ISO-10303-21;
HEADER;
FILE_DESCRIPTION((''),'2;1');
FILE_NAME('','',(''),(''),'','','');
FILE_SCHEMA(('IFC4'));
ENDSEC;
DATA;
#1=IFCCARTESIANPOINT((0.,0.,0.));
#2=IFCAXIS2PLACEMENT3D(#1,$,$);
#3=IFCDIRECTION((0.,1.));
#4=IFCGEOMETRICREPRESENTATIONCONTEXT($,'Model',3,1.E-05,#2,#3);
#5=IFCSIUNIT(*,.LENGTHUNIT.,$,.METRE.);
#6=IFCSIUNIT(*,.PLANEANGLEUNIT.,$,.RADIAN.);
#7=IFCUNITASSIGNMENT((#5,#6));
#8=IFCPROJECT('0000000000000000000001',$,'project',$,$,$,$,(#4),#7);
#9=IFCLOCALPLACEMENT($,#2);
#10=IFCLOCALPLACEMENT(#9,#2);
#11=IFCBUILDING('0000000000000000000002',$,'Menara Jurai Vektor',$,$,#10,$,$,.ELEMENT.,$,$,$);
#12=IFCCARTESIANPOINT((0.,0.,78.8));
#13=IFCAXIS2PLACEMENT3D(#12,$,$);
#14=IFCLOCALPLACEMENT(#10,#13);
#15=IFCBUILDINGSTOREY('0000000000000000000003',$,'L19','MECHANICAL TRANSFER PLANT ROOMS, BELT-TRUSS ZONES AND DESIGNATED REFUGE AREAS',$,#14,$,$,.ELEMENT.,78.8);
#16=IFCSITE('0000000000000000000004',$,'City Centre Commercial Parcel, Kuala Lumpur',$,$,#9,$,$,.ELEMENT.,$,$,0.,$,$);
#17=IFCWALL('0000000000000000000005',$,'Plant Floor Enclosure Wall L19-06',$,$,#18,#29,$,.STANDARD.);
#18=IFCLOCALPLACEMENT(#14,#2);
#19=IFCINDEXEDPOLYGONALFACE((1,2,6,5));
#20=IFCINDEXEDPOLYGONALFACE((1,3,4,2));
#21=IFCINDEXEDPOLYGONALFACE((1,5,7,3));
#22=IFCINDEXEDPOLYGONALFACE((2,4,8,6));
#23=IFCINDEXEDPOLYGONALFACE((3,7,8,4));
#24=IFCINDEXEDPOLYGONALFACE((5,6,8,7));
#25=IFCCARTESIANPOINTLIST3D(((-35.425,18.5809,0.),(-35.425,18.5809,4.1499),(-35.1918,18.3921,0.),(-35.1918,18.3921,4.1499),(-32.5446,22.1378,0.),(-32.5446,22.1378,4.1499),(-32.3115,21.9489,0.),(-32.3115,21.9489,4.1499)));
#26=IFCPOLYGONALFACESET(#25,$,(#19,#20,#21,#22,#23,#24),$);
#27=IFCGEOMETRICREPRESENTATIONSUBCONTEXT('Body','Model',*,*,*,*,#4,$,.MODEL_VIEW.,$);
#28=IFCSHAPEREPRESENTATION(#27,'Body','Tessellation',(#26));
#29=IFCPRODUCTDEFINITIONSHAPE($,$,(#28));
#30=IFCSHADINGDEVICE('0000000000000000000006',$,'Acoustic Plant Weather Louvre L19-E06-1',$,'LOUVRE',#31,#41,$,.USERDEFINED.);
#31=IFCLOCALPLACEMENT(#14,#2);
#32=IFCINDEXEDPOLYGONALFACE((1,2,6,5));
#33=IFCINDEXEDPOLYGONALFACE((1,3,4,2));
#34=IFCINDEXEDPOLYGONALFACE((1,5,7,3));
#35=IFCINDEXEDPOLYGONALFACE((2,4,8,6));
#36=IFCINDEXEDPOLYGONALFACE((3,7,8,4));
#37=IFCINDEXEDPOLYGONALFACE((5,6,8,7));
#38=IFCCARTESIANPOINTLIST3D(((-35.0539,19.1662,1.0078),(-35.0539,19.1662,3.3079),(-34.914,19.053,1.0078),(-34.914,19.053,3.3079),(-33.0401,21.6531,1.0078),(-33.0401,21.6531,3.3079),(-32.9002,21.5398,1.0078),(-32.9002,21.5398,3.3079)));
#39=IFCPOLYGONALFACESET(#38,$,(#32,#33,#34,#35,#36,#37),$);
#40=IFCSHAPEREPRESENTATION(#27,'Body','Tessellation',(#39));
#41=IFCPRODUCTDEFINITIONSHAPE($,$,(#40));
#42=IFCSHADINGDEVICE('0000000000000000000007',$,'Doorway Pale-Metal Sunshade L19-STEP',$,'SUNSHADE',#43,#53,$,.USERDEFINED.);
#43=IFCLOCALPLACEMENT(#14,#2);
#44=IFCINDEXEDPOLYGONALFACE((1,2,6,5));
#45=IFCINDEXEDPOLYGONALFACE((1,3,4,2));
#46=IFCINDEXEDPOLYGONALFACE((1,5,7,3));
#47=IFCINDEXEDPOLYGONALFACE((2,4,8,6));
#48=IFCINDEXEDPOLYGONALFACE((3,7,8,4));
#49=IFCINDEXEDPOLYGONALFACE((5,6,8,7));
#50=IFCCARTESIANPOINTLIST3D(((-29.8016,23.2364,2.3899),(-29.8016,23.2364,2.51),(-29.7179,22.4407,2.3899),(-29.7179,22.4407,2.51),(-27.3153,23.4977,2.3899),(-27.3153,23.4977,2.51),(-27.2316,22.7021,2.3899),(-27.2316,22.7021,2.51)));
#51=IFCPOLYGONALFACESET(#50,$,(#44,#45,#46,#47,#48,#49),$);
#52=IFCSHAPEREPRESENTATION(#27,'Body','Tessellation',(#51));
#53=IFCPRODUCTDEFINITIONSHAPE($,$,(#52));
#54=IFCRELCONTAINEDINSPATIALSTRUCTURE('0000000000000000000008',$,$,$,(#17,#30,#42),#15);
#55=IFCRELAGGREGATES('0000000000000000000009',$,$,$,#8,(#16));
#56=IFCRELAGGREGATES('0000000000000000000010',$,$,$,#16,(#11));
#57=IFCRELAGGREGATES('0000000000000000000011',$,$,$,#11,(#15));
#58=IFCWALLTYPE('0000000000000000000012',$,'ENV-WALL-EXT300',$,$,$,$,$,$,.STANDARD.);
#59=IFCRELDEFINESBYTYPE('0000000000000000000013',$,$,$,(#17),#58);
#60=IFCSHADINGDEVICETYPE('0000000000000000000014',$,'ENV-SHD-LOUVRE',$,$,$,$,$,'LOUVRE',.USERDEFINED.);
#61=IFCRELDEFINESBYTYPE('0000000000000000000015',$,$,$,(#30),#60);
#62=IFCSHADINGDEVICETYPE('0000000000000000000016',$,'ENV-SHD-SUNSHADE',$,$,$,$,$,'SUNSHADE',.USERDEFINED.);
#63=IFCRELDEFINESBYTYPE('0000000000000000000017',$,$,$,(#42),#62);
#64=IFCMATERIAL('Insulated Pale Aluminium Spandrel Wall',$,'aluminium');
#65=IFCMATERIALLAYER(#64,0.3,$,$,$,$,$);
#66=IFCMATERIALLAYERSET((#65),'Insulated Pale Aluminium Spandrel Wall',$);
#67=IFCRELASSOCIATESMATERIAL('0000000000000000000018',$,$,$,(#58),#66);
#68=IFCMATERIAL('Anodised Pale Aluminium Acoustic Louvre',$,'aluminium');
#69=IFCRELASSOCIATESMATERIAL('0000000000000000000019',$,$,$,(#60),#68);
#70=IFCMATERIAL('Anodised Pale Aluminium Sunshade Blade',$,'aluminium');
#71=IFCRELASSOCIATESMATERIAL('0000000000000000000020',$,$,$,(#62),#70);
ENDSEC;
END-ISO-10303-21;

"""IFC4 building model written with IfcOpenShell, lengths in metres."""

from ifc_helpers import new_model, si_unit, direction, frame, frame_2d, origin, origin_2d, place, context, subcontext, project, spatial, rectangle, extrude, material, layer, layer_set, type_object, element, save


model = new_model("IFC4")

# Units and contexts
model_context = context("Model", 3, precision=1e-05, world=origin(), true_north=direction((0.0, 1.0)))
body_context = subcontext(model_context, "Body", "Model", "MODEL_VIEW")
ifc_project = project(units=[si_unit("LENGTHUNIT", "METRE"), si_unit("PLANEANGLEUNIT", "RADIAN")], contexts=[model_context])

# Site, building, storey
site_placement = place(None, origin())
site = spatial("IfcSite", under=ifc_project, at=site_placement, Name="City Centre Commercial Parcel, Kuala Lumpur", CompositionType="ELEMENT", RefElevation=0.0)
building_placement = place(site_placement, origin())
building = spatial("IfcBuilding", under=site, at=building_placement, Name="Menara Jurai Vektor", CompositionType="ELEMENT")
storey_placement = place(building_placement, frame((0.0, 0.0, 78.8)))
storey = spatial("IfcBuildingStorey", under=building, at=storey_placement, Name="L19", Description="MECHANICAL TRANSFER PLANT ROOMS, BELT-TRUSS ZONES AND DESIGNATED REFUGE AREAS", CompositionType="ELEMENT", Elevation=78.8)

# Wall
ifc_material_1 = material(Name="Insulated Pale Aluminium Spandrel Wall", Category="aluminium")
ifc_layer_1 = layer(ifc_material_1, 0.3)
ifc_layer_set_1 = layer_set([ifc_layer_1], Name="Insulated Pale Aluminium Spandrel Wall")
wall_type = type_object("IfcWallType", Name="ENV-WALL-EXT300", PredefinedType="STANDARD", material=ifc_layer_set_1)
wall_placement = place(storey_placement, frame((-32.428, 22.0435, 0.0), z_axis=(0.0, 0.0, 1.0), x_axis=(-0.629329, -0.777139, 0.0)))
element("IfcWall", 1, at=wall_placement, inside=storey, type_object=wall_type, Name="Plant Floor Enclosure Wall L19-06", PredefinedType="STANDARD", context=body_context, shape_type="SweptSolid", body=[
    extrude(rectangle(XDim=4.5769, YDim=0.3, at=frame_2d((2.2886, 0.0))), origin(), (0.0, 0.0, 1.0), 4.1499),
])

# Shading devices
ifc_material_2 = material(Name="Anodised Pale Aluminium Acoustic Louvre", Category="aluminium")
shading_device_type_1 = type_object("IfcShadingDeviceType", Name="ENV-SHD-LOUVRE", ElementType="LOUVRE", PredefinedType="USERDEFINED", material=ifc_material_2)
shading_device_1_placement = place(storey_placement, frame((-33.9771, 20.353, 1.0078), z_axis=(0.0, 0.0, 1.0), x_axis=(-0.62932, -0.777146, 0.0)))
element("IfcShadingDevice", 2, at=shading_device_1_placement, inside=storey, type_object=shading_device_type_1, Name="Acoustic Plant Weather Louvre L19-E06-1", ObjectType="LOUVRE", PredefinedType="USERDEFINED", context=body_context, shape_type="SweptSolid", body=[
    extrude(rectangle(XDim=3.2, YDim=0.1799, at=origin_2d()), origin(), (0.0, 0.0, 1.0), 2.3),
])
ifc_material_3 = material(Name="Anodised Pale Aluminium Sunshade Blade", Category="aluminium")
shading_device_type_2 = type_object("IfcShadingDeviceType", Name="ENV-SHD-SUNSHADE", ElementType="SUNSHADE", PredefinedType="USERDEFINED", material=ifc_material_3)
shading_device_2_placement = place(storey_placement, frame((-28.5166, 22.9692, 2.3899), z_axis=(0.0, 0.0, 1.0), x_axis=(-0.994522, -0.104528, 0.0)))
element("IfcShadingDevice", 3, at=shading_device_2_placement, inside=storey, type_object=shading_device_type_2, Name="Doorway Pale-Metal Sunshade L19-STEP", ObjectType="SUNSHADE", PredefinedType="USERDEFINED", context=body_context, shape_type="SweptSolid", body=[
    extrude(rectangle(XDim=2.5, YDim=0.8, at=origin_2d()), origin(), (0.0, 0.0, 1.0), 0.1201),
])

save(model, "model.ifc")
